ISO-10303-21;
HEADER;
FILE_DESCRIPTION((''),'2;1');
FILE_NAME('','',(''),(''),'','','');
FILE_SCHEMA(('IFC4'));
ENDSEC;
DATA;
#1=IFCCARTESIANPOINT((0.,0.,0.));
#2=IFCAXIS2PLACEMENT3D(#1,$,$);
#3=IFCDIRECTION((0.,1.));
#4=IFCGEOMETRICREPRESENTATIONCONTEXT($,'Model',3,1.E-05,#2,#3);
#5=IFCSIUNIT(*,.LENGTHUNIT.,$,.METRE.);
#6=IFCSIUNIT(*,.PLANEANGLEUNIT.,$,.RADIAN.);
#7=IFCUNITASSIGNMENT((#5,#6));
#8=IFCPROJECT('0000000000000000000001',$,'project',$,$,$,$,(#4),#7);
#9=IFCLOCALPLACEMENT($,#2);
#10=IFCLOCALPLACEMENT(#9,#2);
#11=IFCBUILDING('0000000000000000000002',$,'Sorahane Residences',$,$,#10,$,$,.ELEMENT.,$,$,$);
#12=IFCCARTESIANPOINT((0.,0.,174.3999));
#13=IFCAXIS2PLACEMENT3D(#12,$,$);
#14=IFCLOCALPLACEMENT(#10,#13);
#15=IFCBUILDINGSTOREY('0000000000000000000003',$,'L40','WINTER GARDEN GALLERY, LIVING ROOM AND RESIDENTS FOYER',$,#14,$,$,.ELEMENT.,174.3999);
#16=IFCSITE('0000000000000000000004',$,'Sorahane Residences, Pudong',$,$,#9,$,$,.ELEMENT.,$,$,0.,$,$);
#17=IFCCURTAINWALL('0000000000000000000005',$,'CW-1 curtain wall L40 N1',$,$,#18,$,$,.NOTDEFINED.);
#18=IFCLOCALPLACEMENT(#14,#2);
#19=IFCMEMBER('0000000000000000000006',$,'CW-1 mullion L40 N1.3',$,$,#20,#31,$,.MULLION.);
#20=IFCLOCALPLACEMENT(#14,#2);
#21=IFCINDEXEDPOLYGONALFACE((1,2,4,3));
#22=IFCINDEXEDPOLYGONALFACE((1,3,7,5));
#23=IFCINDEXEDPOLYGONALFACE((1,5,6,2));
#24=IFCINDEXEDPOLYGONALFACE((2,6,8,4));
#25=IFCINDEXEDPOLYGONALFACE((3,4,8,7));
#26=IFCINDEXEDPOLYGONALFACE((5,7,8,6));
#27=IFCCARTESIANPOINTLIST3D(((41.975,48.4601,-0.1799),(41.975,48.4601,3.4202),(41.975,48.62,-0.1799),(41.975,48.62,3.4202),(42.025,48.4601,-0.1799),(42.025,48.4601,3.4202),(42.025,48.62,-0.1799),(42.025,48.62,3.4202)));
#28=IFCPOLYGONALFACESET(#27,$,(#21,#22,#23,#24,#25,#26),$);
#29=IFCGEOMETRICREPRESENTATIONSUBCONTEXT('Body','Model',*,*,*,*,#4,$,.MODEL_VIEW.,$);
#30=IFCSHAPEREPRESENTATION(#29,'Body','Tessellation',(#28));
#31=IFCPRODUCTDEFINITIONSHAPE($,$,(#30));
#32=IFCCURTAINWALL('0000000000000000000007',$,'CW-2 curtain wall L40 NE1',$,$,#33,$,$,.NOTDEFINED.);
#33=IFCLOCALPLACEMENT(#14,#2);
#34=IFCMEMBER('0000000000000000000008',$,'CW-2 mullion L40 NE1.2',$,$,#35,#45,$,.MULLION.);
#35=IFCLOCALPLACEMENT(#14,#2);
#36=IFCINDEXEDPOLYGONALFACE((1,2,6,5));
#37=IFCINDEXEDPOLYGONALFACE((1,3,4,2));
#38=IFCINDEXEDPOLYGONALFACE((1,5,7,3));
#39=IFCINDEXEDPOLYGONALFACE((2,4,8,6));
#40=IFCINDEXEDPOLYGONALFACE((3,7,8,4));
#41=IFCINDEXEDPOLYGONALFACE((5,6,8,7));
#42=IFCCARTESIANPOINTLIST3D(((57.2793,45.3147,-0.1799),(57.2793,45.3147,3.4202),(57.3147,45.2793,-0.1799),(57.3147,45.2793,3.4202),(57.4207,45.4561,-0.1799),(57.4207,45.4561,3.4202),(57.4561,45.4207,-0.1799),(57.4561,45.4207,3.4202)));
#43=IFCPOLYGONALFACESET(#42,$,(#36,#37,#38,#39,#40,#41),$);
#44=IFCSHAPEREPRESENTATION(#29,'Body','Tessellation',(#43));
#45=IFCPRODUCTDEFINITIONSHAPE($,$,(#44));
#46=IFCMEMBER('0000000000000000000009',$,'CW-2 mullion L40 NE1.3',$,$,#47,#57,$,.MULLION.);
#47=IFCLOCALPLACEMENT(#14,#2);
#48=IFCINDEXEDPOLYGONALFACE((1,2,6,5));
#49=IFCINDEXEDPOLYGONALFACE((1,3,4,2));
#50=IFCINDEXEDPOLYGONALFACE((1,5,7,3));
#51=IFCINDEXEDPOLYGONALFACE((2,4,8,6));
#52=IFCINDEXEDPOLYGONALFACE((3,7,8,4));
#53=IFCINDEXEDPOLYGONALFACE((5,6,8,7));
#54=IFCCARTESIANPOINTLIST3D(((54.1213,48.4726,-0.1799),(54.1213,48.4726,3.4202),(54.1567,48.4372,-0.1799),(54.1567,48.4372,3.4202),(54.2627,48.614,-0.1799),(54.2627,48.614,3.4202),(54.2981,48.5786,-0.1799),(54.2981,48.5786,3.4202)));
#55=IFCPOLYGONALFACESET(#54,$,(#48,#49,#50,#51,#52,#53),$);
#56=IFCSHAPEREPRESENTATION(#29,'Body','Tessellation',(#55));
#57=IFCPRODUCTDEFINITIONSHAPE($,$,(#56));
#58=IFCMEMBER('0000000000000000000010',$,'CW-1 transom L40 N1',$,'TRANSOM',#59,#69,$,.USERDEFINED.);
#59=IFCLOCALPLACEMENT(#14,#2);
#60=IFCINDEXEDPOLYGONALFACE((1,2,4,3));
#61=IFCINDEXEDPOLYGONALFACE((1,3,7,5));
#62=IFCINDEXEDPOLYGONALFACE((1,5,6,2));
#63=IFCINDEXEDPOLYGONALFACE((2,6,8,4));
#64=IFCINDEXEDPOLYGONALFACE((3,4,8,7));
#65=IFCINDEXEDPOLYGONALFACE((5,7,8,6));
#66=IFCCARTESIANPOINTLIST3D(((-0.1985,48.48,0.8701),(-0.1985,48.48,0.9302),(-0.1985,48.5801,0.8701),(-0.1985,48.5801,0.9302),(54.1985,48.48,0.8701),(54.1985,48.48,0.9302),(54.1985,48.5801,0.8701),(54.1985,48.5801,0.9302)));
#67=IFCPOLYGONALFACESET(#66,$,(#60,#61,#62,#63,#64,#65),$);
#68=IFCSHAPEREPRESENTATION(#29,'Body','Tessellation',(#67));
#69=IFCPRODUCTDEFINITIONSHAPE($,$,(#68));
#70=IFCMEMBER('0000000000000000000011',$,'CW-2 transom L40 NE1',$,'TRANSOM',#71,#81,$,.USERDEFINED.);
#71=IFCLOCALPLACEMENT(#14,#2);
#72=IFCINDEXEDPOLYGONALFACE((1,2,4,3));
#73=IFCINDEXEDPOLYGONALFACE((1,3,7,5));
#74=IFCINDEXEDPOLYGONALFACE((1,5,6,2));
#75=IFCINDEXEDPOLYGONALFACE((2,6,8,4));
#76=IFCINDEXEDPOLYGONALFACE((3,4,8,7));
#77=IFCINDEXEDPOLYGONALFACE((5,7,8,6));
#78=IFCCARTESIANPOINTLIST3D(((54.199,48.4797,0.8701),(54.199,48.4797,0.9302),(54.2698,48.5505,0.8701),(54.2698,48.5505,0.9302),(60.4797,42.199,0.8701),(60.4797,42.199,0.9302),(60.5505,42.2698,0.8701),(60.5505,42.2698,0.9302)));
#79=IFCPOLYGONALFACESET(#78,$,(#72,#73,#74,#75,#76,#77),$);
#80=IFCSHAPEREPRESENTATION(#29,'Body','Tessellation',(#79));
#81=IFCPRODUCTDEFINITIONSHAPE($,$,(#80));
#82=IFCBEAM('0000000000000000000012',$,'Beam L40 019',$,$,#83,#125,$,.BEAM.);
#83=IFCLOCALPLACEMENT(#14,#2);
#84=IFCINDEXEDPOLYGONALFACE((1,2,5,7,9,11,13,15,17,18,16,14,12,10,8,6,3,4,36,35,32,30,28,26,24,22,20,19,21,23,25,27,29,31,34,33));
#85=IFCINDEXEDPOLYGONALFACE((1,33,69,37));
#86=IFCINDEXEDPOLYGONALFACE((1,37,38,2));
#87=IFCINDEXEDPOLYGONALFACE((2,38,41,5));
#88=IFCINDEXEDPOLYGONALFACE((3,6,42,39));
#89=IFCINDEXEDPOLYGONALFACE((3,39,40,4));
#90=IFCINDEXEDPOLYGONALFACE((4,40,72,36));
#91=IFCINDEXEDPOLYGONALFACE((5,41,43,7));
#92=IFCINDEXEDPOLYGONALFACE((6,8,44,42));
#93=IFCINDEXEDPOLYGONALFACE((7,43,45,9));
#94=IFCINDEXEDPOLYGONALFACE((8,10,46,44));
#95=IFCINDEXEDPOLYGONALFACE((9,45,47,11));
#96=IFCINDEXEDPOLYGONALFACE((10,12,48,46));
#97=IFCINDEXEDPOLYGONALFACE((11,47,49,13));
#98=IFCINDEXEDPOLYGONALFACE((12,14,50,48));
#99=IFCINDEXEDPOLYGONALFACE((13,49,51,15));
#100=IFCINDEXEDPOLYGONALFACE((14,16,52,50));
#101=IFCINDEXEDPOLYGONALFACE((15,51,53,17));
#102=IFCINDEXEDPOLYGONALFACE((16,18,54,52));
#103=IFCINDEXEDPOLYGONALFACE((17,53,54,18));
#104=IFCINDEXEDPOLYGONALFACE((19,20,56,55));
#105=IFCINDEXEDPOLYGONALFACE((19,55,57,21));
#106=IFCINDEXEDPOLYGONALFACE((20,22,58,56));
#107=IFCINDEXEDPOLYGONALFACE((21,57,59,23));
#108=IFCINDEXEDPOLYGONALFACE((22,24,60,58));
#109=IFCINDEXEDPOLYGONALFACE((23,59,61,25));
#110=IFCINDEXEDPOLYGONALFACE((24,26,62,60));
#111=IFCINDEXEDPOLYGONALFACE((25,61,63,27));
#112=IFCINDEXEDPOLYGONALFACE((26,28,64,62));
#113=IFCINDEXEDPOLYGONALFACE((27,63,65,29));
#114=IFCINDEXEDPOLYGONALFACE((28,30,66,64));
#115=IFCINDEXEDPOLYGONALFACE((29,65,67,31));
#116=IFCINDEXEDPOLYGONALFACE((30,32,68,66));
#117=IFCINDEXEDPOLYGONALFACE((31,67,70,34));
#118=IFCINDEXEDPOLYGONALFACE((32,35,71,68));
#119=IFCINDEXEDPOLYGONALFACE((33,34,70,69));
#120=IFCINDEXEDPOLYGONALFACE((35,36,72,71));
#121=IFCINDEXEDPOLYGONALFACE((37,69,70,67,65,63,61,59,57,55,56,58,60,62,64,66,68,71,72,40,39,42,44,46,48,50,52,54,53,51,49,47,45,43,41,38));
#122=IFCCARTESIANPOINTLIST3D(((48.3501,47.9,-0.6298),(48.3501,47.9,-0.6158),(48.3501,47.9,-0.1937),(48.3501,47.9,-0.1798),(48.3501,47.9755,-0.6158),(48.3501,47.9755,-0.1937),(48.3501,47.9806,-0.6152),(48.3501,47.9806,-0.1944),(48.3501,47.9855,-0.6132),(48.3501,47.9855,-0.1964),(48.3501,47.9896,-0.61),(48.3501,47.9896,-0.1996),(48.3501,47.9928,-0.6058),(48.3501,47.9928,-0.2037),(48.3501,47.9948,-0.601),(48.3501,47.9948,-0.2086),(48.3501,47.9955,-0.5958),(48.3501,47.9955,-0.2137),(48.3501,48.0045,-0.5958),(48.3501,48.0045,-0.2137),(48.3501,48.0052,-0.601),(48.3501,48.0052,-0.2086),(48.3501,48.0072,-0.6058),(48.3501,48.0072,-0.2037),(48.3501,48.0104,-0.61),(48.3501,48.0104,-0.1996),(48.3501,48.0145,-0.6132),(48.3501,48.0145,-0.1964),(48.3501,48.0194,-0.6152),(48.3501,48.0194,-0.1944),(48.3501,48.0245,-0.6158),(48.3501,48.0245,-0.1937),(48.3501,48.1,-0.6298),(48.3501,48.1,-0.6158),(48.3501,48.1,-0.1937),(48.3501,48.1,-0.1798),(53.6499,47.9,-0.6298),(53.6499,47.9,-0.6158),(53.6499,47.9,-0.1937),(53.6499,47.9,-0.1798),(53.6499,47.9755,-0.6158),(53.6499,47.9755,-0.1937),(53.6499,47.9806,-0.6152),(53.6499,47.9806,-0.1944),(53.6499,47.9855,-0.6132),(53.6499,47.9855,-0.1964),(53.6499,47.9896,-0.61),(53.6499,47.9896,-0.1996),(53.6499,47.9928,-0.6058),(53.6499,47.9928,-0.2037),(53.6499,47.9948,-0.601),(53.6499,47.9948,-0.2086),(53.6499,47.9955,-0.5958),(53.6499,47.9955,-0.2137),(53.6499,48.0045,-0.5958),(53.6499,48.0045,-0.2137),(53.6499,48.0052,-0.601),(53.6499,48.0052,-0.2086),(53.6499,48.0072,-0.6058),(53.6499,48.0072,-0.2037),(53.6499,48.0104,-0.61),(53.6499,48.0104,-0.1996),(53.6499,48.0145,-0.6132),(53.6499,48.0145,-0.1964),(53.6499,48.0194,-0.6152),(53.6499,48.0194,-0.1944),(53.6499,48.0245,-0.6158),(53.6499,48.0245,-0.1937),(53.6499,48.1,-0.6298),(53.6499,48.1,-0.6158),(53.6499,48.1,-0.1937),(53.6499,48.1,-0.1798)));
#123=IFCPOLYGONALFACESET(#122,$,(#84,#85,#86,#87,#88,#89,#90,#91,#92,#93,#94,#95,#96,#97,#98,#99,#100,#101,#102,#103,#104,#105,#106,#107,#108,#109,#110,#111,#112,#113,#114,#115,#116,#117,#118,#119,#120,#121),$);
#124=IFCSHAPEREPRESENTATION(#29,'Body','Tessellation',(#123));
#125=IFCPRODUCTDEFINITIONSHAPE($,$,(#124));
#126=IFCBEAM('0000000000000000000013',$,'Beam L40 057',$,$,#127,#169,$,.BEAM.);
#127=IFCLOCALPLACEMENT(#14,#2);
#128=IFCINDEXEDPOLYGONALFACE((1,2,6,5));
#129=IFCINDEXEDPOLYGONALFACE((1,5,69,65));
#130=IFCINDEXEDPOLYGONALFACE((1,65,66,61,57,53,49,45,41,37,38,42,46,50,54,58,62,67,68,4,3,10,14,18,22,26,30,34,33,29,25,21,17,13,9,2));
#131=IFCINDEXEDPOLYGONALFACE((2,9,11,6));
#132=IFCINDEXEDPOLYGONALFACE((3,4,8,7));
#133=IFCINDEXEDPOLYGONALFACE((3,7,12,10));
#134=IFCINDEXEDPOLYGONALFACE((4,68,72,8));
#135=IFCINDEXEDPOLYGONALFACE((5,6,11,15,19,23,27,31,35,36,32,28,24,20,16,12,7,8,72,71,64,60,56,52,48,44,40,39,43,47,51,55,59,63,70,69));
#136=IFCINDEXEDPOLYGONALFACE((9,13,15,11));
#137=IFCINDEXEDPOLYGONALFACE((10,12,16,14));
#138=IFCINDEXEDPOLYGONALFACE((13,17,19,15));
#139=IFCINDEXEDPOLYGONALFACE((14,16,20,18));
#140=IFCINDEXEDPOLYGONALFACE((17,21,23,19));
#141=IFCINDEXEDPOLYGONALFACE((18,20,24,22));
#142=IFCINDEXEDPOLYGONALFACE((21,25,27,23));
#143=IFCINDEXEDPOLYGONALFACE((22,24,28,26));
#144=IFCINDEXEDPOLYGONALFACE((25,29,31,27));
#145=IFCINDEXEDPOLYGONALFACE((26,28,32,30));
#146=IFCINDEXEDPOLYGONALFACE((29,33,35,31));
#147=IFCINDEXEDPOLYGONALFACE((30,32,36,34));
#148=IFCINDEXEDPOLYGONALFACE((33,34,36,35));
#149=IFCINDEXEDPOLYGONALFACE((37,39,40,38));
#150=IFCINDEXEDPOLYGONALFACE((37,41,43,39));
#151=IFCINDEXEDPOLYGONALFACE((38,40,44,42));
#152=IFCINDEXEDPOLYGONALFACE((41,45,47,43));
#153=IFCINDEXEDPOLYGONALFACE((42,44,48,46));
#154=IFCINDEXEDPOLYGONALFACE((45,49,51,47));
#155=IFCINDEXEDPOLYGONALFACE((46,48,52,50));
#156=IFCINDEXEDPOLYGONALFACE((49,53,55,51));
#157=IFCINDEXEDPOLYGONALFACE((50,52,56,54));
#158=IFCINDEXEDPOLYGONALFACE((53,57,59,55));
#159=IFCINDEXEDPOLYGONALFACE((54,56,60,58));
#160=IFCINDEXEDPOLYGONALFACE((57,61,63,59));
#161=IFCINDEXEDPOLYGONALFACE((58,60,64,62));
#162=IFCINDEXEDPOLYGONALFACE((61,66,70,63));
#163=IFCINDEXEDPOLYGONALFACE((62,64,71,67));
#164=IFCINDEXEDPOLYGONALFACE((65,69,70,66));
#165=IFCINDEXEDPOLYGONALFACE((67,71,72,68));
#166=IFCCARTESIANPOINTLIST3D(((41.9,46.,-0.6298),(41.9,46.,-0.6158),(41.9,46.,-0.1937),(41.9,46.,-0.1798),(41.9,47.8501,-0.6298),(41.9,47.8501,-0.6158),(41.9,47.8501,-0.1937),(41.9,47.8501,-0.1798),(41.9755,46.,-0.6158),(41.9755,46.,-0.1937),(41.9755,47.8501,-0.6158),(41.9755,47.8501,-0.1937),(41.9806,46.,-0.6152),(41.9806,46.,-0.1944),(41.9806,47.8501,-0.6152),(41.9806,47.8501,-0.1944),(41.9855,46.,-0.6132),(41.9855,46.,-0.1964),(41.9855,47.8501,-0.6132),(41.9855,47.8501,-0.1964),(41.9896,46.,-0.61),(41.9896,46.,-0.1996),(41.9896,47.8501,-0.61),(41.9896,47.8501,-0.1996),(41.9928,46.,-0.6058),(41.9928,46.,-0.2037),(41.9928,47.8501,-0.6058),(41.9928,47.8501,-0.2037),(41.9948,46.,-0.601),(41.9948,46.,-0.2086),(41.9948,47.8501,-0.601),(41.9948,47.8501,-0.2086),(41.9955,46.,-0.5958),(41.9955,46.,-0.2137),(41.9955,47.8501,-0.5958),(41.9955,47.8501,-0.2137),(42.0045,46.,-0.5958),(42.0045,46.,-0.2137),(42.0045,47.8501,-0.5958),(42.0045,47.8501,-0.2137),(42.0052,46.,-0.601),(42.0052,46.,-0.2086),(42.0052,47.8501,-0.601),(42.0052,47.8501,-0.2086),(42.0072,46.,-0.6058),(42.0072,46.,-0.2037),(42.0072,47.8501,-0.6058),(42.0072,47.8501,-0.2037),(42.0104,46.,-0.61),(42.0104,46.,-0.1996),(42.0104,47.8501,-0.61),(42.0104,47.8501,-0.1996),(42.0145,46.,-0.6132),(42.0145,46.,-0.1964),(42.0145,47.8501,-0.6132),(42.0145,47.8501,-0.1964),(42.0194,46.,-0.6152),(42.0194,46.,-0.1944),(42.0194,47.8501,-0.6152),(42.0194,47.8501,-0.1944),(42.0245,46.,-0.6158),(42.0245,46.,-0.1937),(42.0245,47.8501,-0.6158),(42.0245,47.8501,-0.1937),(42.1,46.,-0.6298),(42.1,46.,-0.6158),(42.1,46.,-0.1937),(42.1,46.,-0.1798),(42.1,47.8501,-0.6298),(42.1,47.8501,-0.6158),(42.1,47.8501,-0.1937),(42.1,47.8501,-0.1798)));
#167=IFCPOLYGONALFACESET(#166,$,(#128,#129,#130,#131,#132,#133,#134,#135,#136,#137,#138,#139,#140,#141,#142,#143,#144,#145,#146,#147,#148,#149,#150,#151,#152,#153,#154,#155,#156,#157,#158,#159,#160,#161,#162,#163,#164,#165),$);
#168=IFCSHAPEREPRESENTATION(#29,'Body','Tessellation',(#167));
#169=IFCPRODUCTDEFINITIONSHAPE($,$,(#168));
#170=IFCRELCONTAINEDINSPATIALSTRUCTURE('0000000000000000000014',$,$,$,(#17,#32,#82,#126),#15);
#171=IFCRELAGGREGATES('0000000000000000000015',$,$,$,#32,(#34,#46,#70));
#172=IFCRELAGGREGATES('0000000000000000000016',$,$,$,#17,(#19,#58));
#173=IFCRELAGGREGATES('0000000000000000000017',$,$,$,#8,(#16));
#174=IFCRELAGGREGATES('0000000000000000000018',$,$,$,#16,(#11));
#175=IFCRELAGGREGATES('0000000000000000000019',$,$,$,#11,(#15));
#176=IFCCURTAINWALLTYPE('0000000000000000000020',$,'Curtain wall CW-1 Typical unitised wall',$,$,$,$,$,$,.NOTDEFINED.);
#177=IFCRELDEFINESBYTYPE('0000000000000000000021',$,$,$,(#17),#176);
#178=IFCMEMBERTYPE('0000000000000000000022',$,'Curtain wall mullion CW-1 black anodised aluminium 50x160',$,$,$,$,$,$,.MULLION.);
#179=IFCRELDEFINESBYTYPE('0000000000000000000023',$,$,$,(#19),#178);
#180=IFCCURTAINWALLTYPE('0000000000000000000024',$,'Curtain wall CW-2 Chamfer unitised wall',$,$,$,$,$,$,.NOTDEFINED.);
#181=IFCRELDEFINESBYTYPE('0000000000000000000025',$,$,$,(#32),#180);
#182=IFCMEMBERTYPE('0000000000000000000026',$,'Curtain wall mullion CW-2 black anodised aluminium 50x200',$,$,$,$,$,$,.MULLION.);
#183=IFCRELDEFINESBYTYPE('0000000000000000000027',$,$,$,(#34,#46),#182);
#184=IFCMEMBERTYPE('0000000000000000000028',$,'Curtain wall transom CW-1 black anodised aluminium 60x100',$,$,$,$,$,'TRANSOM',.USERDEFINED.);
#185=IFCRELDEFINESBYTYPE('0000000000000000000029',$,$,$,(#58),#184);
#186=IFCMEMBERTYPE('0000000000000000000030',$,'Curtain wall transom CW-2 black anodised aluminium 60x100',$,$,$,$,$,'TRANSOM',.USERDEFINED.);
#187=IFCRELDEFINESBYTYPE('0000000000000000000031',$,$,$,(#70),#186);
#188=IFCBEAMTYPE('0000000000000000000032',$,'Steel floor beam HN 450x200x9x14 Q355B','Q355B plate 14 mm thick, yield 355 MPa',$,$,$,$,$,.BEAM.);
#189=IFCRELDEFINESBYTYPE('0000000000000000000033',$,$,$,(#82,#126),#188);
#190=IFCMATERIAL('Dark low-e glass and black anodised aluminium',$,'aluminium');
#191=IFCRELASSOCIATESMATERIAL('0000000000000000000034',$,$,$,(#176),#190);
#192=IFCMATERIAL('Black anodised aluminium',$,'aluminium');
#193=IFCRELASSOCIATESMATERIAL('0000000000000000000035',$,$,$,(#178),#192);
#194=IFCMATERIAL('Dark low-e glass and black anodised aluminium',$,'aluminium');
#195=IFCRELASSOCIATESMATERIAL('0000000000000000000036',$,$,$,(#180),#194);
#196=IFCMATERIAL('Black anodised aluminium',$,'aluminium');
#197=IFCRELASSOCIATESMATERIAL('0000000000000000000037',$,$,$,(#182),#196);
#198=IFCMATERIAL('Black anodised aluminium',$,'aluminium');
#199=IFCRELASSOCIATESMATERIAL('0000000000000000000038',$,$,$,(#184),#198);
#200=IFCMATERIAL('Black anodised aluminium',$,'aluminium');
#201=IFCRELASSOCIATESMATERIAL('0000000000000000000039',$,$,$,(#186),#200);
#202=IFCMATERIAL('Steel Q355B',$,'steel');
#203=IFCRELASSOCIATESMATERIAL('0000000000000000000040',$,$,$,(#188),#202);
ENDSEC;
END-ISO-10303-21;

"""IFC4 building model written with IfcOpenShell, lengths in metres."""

from ifc_helpers import new_model, si_unit, direction, frame, origin, origin_2d, place, context, subcontext, project, spatial, rectangle, i_section, extrude, material, material_profile, profile_set, type_object, element, aggregate, save


model = new_model("IFC4")

# Units and contexts
model_context = context("Model", 3, precision=1e-05, world=origin(), true_north=direction((0.0, 1.0)))
body_context = subcontext(model_context, "Body", "Model", "MODEL_VIEW")
ifc_project = project(units=[si_unit("LENGTHUNIT", "METRE"), si_unit("PLANEANGLEUNIT", "RADIAN")], contexts=[model_context])

# Site, building, storey
site_placement = place(None, origin())
site = spatial("IfcSite", under=ifc_project, at=site_placement, Name="Sorahane Residences, Pudong", CompositionType="ELEMENT", RefElevation=0.0)
building_placement = place(site_placement, origin())
building = spatial("IfcBuilding", under=site, at=building_placement, Name="Sorahane Residences", CompositionType="ELEMENT")
storey_placement = place(building_placement, frame((0.0, 0.0, 174.3999)))
storey = spatial("IfcBuildingStorey", under=building, at=storey_placement, Name="L40", Description="WINTER GARDEN GALLERY, LIVING ROOM AND RESIDENTS FOYER", CompositionType="ELEMENT", Elevation=174.3999)

# Shared definitions
ifc_material_1 = material(Name="Dark low-e glass and black anodised aluminium", Category="aluminium")
curtain_wall_type_1 = type_object("IfcCurtainWallType", Name="Curtain wall CW-1 Typical unitised wall", PredefinedType="NOTDEFINED", material=ifc_material_1)
ifc_material_2 = material(Name="Black anodised aluminium", Category="aluminium")
ifc_material_profile_1 = material_profile(ifc_material_2, rectangle(XDim=0.1599, YDim=0.05, at=origin_2d()), Name="Curtain wall mullion CW-1 black anodised aluminium 50x160")
ifc_profile_set_1 = profile_set([ifc_material_profile_1], Name="Black anodised aluminium")
member_type_1 = type_object("IfcMemberType", Name="Curtain wall mullion CW-1 black anodised aluminium 50x160", PredefinedType="MULLION", material=ifc_profile_set_1)

# Curtain walls, members
curtain_wall_1_placement = place(storey_placement, origin())
curtain_wall_1 = element("IfcCurtainWall", 1, at=curtain_wall_1_placement, inside=storey, type_object=curtain_wall_type_1, Name="CW-1 curtain wall L40 N1", PredefinedType="NOTDEFINED")
member_1_placement = place(storey_placement, frame((42.0, 48.54, -0.1799), z_axis=(0.0, 0.0, 1.0), x_axis=(0.0, 1.0, 0.0)))
member_1 = element("IfcMember", 2, at=member_1_placement, type_object=member_type_1, Name="CW-1 mullion L40 N1.3", PredefinedType="MULLION", context=body_context, shape_type="SweptSolid", body=[
    extrude(rectangle(XDim=0.1599, YDim=0.05, at=origin_2d()), origin(), (0.0, 0.0, 1.0), 3.6001),
])
ifc_material_3 = material(Name="Dark low-e glass and black anodised aluminium", Category="aluminium")
curtain_wall_type_2 = type_object("IfcCurtainWallType", Name="Curtain wall CW-2 Chamfer unitised wall", PredefinedType="NOTDEFINED", material=ifc_material_3)
curtain_wall_2_placement = place(storey_placement, origin())
curtain_wall_2 = element("IfcCurtainWall", 3, at=curtain_wall_2_placement, inside=storey, type_object=curtain_wall_type_2, Name="CW-2 curtain wall L40 NE1", PredefinedType="NOTDEFINED")
ifc_material_4 = material(Name="Black anodised aluminium", Category="aluminium")
ifc_material_profile_2 = material_profile(ifc_material_4, rectangle(XDim=0.2, YDim=0.05, at=origin_2d()), Name="Curtain wall mullion CW-2 black anodised aluminium 50x200")
ifc_profile_set_2 = profile_set([ifc_material_profile_2], Name="Black anodised aluminium")
member_type_2 = type_object("IfcMemberType", Name="Curtain wall mullion CW-2 black anodised aluminium 50x200", PredefinedType="MULLION", material=ifc_profile_set_2)
member_2_placement = place(storey_placement, frame((57.3677, 45.3677, -0.1799), z_axis=(0.0, 0.0, 1.0), x_axis=(0.707107, 0.707107, 0.0)))
member_2 = element("IfcMember", 4, at=member_2_placement, type_object=member_type_2, Name="CW-2 mullion L40 NE1.2", PredefinedType="MULLION", context=body_context, shape_type="SweptSolid", body=[
    extrude(rectangle(XDim=0.2, YDim=0.05, at=origin_2d()), origin(), (0.0, 0.0, 1.0), 3.6001),
])
member_3_placement = place(storey_placement, frame((54.2097, 48.5256, -0.1799), z_axis=(0.0, 0.0, 1.0), x_axis=(0.707107, 0.707107, 0.0)))
member_3 = element("IfcMember", 5, at=member_3_placement, type_object=member_type_2, Name="CW-2 mullion L40 NE1.3", PredefinedType="MULLION", context=body_context, shape_type="SweptSolid", body=[
    extrude(rectangle(XDim=0.2, YDim=0.05, at=origin_2d()), origin(), (0.0, 0.0, 1.0), 3.6001),
])

# Members
ifc_material_5 = material(Name="Black anodised aluminium", Category="aluminium")
ifc_material_profile_3 = material_profile(ifc_material_5, rectangle(XDim=0.1001, YDim=0.0601, at=origin_2d()), Name="Curtain wall transom CW-1 black anodised aluminium 60x100")
ifc_profile_set_3 = profile_set([ifc_material_profile_3], Name="Black anodised aluminium")
member_type_3 = type_object("IfcMemberType", Name="Curtain wall transom CW-1 black anodised aluminium 60x100", ElementType="TRANSOM", PredefinedType="USERDEFINED", material=ifc_profile_set_3)
member_4_placement = place(storey_placement, frame((54.1985, 48.53, 0.9001), z_axis=(-1.0, 0.0, 0.0), x_axis=(0.0, -1.0, 0.0)))
member_4 = element("IfcMember", 6, at=member_4_placement, type_object=member_type_3, Name="CW-1 transom L40 N1", ObjectType="TRANSOM", PredefinedType="USERDEFINED", context=body_context, shape_type="SweptSolid", body=[
    extrude(rectangle(XDim=0.1001, YDim=0.0601, at=origin_2d()), origin(), (0.0, 0.0, 1.0), 54.397),
])
ifc_material_6 = material(Name="Black anodised aluminium", Category="aluminium")
ifc_material_profile_4 = material_profile(ifc_material_6, rectangle(XDim=0.1001, YDim=0.0601, at=origin_2d()), Name="Curtain wall transom CW-2 black anodised aluminium 60x100")
ifc_profile_set_4 = profile_set([ifc_material_profile_4], Name="Black anodised aluminium")
member_type_4 = type_object("IfcMemberType", Name="Curtain wall transom CW-2 black anodised aluminium 60x100", ElementType="TRANSOM", PredefinedType="USERDEFINED", material=ifc_profile_set_4)
member_5_placement = place(storey_placement, frame((60.5151, 42.2344, 0.9001), z_axis=(-0.707107, 0.707107, 0.0), x_axis=(-0.707107, -0.707107, 0.0)))
member_5 = element("IfcMember", 7, at=member_5_placement, type_object=member_type_4, Name="CW-2 transom L40 NE1", ObjectType="TRANSOM", PredefinedType="USERDEFINED", context=body_context, shape_type="SweptSolid", body=[
    extrude(rectangle(XDim=0.1001, YDim=0.0601, at=origin_2d()), origin(), (0.0, 0.0, 1.0), 8.8823),
])

# Beams
ifc_material_7 = material(Name="Steel Q355B", Category="steel")
ifc_material_profile_5 = material_profile(ifc_material_7, i_section(OverallWidth=0.2, OverallDepth=0.45, WebThickness=0.009, FlangeThickness=0.0139, FilletRadius=0.02, at=origin_2d()), Name="HN 450x200x9x14")
ifc_profile_set_5 = profile_set([ifc_material_profile_5], Name="Steel Q355B")
beam_type_1 = type_object("IfcBeamType", Name="Steel floor beam HN 450x200x9x14 Q355B", Description="Q355B plate 14 mm thick, yield 355 MPa", PredefinedType="BEAM", material=ifc_profile_set_5)
beam_1_placement = place(storey_placement, frame((48.3501, 48.0, -0.4048), z_axis=(1.0, 0.0, 0.0), x_axis=(0.0, 1.0, 0.0)))
element("IfcBeam", 8, at=beam_1_placement, inside=storey, type_object=beam_type_1, Name="Beam L40 019", PredefinedType="BEAM", context=body_context, shape_type="SweptSolid", body=[
    extrude(i_section(OverallWidth=0.2, OverallDepth=0.45, WebThickness=0.009, FlangeThickness=0.0139, FilletRadius=0.02, at=origin_2d()), origin(), (0.0, 0.0, 1.0), 5.2998),
])
beam_2_placement = place(storey_placement, frame((42.0, 46.0, -0.4048), z_axis=(0.0, 1.0, 0.0), x_axis=(-1.0, 0.0, 0.0)))
element("IfcBeam", 9, at=beam_2_placement, inside=storey, type_object=beam_type_1, Name="Beam L40 057", PredefinedType="BEAM", context=body_context, shape_type="SweptSolid", body=[
    extrude(i_section(OverallWidth=0.2, OverallDepth=0.45, WebThickness=0.009, FlangeThickness=0.0139, FilletRadius=0.02, at=origin_2d()), origin(), (0.0, 0.0, 1.0), 1.8501),
])

aggregate(curtain_wall_2, [member_2, member_3, member_5])
aggregate(curtain_wall_1, [member_1, member_4])

save(model, "model.ifc")
